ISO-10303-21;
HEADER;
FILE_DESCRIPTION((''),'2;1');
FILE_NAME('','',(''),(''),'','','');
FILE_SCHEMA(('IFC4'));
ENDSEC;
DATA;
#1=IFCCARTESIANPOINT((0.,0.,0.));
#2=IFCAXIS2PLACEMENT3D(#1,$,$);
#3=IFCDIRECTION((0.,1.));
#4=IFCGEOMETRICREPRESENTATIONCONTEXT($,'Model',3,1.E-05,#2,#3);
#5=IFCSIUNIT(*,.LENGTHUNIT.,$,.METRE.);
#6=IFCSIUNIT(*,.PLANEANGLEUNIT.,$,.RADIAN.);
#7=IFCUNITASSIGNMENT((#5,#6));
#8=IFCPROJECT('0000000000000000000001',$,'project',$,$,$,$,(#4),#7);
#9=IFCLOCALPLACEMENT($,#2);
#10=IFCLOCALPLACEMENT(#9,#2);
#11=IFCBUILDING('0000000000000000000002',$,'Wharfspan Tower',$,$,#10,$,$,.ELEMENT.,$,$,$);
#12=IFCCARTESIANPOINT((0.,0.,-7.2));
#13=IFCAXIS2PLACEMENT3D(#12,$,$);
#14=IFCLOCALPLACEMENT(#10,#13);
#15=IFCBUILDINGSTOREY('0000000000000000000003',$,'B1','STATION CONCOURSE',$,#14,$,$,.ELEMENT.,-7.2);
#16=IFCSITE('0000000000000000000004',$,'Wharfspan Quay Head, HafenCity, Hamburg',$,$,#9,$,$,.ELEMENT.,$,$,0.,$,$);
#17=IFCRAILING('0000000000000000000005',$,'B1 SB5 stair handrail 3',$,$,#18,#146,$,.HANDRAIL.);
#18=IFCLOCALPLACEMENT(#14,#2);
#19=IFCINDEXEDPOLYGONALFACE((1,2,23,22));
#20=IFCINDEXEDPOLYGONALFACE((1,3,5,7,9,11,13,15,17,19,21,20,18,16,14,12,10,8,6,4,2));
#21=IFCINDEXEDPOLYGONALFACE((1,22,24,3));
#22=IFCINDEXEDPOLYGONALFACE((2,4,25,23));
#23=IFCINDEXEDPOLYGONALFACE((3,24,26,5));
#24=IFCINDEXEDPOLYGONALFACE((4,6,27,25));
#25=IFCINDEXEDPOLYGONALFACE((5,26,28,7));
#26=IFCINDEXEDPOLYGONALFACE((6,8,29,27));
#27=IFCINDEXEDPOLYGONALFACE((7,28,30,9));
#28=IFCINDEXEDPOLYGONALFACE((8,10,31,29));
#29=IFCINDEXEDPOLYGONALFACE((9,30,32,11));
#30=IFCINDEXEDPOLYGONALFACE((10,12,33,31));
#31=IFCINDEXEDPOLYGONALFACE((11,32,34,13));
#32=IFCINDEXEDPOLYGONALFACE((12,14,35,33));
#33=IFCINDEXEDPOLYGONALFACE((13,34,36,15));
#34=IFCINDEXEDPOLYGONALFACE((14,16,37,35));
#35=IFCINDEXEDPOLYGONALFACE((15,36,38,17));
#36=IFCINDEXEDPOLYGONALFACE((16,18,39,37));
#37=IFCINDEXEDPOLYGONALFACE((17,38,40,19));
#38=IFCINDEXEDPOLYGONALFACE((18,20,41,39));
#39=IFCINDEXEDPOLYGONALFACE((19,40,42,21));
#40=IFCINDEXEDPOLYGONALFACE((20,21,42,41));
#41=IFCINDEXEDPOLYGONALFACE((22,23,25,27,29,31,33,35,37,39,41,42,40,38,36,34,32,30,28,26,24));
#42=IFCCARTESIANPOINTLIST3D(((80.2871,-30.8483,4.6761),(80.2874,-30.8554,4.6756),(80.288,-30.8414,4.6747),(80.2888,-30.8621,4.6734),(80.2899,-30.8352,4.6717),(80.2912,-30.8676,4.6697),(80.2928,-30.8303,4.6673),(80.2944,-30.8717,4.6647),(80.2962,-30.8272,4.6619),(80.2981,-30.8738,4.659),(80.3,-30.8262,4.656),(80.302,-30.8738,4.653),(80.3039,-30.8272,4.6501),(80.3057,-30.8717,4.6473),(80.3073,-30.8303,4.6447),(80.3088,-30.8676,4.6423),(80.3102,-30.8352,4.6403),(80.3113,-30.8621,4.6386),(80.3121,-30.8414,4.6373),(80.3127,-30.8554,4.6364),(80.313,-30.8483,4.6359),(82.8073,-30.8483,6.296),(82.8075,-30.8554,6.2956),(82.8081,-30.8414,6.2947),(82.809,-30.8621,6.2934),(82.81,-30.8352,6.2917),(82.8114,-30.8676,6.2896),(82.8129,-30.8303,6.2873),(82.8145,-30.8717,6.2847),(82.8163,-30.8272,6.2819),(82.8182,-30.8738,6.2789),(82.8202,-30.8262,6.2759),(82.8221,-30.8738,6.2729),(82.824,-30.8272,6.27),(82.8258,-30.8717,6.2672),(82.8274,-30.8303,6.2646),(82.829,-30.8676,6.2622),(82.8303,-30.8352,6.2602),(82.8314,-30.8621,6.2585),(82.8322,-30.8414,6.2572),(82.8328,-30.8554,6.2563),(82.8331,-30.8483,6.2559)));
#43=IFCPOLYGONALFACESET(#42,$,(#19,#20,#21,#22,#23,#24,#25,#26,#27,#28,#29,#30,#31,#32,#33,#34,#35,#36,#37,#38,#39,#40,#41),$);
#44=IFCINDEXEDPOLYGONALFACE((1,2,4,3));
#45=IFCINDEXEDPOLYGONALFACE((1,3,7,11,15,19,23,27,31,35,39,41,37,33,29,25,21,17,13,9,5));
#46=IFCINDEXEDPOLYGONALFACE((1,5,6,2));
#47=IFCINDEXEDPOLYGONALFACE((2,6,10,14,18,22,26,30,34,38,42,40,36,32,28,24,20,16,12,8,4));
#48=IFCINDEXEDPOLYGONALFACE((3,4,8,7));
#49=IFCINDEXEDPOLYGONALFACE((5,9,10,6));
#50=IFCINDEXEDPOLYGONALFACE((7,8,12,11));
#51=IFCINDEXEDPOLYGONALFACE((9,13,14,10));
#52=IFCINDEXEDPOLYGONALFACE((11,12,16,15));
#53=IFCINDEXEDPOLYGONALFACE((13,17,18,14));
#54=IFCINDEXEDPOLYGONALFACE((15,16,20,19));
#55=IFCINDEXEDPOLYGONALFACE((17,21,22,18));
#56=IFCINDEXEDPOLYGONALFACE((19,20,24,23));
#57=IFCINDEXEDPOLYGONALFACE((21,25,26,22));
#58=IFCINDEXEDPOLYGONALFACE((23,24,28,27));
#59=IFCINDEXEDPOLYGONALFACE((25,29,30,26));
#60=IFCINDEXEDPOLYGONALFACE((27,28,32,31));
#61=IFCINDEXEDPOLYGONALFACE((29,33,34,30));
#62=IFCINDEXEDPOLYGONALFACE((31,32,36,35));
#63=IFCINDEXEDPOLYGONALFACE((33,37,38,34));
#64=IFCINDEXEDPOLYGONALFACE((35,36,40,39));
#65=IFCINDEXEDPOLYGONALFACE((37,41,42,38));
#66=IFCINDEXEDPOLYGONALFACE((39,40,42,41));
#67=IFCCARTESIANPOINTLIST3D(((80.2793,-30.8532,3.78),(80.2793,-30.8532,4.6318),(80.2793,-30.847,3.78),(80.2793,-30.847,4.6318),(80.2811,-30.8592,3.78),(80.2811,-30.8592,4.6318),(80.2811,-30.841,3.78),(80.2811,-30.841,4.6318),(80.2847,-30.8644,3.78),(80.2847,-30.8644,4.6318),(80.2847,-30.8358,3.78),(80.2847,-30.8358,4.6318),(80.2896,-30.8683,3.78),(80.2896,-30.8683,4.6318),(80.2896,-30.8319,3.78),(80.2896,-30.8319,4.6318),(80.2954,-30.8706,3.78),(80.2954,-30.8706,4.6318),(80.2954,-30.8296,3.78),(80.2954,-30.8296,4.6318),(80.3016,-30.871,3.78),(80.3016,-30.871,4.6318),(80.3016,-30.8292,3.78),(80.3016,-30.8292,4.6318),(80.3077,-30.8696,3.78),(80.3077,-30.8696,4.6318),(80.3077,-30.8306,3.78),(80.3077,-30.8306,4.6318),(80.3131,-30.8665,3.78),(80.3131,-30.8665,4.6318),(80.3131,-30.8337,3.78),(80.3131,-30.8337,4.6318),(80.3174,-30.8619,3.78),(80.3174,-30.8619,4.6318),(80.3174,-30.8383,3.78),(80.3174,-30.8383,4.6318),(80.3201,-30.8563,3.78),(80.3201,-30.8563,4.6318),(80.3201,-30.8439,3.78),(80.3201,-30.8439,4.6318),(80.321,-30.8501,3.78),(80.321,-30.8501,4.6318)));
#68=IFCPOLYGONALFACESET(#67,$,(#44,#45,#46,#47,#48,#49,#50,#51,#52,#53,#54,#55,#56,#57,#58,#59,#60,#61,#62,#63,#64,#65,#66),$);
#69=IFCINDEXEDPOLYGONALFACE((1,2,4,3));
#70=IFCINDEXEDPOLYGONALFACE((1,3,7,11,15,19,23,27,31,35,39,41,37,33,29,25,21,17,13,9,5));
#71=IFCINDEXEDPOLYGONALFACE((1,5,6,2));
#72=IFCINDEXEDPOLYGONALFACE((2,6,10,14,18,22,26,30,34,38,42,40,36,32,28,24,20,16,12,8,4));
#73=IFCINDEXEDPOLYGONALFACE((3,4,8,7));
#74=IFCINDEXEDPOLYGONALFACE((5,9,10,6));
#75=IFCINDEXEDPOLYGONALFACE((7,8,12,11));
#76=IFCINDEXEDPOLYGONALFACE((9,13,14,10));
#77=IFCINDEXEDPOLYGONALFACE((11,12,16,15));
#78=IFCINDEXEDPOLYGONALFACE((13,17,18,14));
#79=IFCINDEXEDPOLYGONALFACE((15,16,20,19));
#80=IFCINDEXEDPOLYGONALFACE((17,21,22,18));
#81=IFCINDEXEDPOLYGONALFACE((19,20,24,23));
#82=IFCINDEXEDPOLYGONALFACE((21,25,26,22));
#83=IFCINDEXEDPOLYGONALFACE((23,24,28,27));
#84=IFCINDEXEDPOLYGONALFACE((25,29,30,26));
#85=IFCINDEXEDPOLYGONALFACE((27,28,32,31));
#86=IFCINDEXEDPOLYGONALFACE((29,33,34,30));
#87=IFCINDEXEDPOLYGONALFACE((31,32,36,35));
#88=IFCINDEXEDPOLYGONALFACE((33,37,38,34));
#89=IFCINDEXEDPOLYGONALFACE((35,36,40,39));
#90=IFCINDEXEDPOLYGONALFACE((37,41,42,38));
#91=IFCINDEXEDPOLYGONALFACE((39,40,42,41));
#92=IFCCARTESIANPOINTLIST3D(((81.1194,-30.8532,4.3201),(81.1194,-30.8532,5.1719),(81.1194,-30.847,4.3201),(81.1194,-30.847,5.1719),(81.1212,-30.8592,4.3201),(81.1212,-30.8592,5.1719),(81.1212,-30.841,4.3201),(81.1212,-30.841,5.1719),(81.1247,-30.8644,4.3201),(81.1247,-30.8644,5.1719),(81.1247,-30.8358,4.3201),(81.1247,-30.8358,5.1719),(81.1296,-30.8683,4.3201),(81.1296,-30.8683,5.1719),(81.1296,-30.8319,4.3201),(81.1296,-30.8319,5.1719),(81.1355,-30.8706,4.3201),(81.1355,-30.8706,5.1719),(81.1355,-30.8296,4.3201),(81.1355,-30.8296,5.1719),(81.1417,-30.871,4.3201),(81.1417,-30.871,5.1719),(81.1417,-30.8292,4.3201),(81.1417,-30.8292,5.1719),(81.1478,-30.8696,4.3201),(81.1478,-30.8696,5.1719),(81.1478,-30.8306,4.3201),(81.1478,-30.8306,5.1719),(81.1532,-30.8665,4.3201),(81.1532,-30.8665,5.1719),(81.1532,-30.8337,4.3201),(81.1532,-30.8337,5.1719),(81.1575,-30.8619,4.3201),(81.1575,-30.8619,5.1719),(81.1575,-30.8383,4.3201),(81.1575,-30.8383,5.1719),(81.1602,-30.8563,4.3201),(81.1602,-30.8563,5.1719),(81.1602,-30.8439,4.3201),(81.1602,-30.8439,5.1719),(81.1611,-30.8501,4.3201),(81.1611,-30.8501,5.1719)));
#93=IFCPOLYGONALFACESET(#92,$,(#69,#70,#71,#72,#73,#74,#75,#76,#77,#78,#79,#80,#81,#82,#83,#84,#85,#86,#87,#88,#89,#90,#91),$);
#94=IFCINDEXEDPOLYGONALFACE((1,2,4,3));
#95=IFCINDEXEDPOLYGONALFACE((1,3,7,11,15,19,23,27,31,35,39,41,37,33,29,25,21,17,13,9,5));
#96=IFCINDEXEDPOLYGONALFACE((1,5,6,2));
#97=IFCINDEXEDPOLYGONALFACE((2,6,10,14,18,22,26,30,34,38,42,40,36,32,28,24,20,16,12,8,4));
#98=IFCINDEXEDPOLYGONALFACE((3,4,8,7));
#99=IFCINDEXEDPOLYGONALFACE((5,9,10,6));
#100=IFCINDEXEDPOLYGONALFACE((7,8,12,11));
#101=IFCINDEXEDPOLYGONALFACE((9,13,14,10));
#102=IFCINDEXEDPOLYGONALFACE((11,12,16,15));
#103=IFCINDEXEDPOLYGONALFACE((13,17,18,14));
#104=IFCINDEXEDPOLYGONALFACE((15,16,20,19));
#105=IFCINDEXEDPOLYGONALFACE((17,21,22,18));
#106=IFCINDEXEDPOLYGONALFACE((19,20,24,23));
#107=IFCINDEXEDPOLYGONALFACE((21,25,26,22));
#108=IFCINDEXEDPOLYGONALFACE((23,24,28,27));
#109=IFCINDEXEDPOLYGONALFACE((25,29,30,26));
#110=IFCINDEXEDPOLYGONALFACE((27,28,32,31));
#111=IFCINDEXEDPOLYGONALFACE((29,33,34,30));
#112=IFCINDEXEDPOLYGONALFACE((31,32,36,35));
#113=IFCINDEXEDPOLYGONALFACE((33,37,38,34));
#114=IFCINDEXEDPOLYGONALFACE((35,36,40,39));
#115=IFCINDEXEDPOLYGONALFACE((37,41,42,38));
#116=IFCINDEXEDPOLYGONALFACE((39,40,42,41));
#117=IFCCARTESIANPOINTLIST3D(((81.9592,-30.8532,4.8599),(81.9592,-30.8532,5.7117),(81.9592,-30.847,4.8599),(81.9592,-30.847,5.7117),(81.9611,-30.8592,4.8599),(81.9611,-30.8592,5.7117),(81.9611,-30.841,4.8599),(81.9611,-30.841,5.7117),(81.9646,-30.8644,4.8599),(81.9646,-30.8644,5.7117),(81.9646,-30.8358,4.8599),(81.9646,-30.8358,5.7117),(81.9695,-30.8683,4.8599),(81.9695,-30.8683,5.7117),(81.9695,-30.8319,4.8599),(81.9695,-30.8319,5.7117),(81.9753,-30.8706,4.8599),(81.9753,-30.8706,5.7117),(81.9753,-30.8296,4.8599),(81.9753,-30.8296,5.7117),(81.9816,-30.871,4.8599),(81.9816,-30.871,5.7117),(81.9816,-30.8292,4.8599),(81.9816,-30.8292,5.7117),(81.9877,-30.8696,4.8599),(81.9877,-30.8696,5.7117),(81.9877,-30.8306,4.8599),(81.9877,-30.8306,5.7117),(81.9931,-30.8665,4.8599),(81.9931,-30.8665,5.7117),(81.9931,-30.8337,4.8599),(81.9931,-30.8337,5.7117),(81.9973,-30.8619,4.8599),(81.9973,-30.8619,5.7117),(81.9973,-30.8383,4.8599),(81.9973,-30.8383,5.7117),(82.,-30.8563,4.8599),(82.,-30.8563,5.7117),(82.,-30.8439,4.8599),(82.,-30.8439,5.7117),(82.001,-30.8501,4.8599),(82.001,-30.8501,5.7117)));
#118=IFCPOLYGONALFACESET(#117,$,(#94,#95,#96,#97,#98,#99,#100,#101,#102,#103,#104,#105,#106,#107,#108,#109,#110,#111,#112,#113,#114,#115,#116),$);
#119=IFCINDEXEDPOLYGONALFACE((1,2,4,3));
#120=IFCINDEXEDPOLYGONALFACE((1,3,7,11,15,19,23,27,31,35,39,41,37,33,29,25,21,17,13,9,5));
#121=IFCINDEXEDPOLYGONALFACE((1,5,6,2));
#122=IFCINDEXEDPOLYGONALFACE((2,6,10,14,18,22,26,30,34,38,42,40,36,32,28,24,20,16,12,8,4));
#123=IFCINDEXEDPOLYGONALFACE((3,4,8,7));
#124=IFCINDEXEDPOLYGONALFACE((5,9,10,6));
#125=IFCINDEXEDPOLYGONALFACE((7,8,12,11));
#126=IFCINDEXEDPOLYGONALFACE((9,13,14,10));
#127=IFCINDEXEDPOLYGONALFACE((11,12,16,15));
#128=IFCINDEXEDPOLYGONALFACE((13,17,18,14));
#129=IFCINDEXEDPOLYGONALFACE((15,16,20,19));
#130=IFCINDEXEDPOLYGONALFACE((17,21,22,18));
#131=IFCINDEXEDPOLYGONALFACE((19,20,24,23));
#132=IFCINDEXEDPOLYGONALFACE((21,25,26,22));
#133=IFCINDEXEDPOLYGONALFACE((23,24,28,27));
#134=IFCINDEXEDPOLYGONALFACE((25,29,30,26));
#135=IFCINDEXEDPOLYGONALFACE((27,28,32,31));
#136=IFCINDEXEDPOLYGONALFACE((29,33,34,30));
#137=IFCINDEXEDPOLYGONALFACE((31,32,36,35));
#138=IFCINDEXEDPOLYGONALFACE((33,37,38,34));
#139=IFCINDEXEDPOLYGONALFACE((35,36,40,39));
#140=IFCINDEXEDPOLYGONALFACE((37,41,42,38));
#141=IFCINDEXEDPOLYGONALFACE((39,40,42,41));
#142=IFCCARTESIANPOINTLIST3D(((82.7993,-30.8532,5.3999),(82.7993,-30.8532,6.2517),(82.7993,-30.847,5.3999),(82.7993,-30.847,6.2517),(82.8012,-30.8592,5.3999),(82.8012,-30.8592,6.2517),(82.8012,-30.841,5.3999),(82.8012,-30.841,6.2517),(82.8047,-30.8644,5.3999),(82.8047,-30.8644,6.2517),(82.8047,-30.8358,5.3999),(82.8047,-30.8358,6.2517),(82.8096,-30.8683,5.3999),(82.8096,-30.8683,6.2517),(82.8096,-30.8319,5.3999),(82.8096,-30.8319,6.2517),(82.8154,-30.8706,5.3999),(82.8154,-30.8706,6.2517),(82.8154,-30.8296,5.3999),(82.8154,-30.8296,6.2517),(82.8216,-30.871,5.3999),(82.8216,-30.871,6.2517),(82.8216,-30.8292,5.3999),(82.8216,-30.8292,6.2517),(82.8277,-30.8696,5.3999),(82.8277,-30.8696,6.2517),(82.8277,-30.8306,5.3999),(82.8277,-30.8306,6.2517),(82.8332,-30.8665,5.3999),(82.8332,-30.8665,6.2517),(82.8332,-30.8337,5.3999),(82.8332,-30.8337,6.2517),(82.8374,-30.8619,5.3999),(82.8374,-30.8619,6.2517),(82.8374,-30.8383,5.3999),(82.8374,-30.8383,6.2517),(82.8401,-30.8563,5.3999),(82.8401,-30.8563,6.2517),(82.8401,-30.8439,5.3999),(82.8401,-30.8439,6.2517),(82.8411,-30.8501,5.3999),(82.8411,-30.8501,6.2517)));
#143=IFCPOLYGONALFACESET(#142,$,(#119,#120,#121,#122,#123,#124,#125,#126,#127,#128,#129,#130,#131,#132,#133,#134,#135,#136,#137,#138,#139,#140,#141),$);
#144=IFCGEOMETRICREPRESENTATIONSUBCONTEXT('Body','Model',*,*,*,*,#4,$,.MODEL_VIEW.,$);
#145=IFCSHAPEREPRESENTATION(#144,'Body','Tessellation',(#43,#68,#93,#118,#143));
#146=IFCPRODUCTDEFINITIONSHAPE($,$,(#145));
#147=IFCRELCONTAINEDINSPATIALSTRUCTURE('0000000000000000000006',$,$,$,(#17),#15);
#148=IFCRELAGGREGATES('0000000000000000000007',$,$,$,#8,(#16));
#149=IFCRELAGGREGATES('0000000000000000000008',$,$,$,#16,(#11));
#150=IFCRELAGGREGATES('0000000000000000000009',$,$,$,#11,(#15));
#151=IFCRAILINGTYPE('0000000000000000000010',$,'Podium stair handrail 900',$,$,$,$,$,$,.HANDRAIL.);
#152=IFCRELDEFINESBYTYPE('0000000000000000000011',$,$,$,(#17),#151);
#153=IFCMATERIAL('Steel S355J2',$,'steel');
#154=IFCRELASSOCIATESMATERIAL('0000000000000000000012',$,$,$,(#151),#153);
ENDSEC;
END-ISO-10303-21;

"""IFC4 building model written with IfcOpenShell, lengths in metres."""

from ifc_helpers import new_model, si_unit, direction, frame, origin, origin_2d, place, context, subcontext, project, spatial, circle, extrude, material, type_object, element, save


model = new_model("IFC4")

# Units and contexts
model_context = context("Model", 3, precision=1e-05, world=origin(), true_north=direction((0.0, 1.0)))
body_context = subcontext(model_context, "Body", "Model", "MODEL_VIEW")
ifc_project = project(units=[si_unit("LENGTHUNIT", "METRE"), si_unit("PLANEANGLEUNIT", "RADIAN")], contexts=[model_context])

# Site, building, storey
site_placement = place(None, origin())
site = spatial("IfcSite", under=ifc_project, at=site_placement, Name="Wharfspan Quay Head, HafenCity, Hamburg", CompositionType="ELEMENT", RefElevation=0.0)
building_placement = place(site_placement, origin())
building = spatial("IfcBuilding", under=site, at=building_placement, Name="Wharfspan Tower", CompositionType="ELEMENT")
storey_placement = place(building_placement, frame((0.0, 0.0, -7.2)))
storey = spatial("IfcBuildingStorey", under=building, at=storey_placement, Name="B1", Description="STATION CONCOURSE", CompositionType="ELEMENT", Elevation=-7.2)

# Railing
ifc_material_1 = material(Name="Steel S355J2", Category="steel")
railing_type_1 = type_object("IfcRailingType", Name="Podium stair handrail 900", PredefinedType="HANDRAIL", material=ifc_material_1)
railing_1_placement = place(storey_placement, frame((80.3, -30.8501, 3.78)))
element("IfcRailing", 1, at=railing_1_placement, inside=storey, type_object=railing_type_1, Name="B1 SB5 stair handrail 3", PredefinedType="HANDRAIL", context=body_context, shape_type="SweptSolid", body=[
    extrude(circle(Radius=0.0239, at=origin_2d()), frame((0.0, 0.0, 0.876), z_axis=(0.8412, 0.0, 0.540725), x_axis=(0.0, 1.0, 0.0)), (0.0, 0.0, 1.0), 2.9958),
    extrude(circle(Radius=0.021, at=origin_2d()), origin(), (0.0, 0.0, 1.0), 0.8518),
    extrude(circle(Radius=0.021, at=origin_2d()), frame((0.8401, 0.0, 0.54)), (0.0, 0.0, 1.0), 0.8518),
    extrude(circle(Radius=0.021, at=origin_2d()), frame((1.6799, 0.0, 1.0798)), (0.0, 0.0, 1.0), 0.8518),
    extrude(circle(Radius=0.021, at=origin_2d()), frame((2.52, 0.0, 1.6199)), (0.0, 0.0, 1.0), 0.8518),
])

save(model, "model.ifc")
